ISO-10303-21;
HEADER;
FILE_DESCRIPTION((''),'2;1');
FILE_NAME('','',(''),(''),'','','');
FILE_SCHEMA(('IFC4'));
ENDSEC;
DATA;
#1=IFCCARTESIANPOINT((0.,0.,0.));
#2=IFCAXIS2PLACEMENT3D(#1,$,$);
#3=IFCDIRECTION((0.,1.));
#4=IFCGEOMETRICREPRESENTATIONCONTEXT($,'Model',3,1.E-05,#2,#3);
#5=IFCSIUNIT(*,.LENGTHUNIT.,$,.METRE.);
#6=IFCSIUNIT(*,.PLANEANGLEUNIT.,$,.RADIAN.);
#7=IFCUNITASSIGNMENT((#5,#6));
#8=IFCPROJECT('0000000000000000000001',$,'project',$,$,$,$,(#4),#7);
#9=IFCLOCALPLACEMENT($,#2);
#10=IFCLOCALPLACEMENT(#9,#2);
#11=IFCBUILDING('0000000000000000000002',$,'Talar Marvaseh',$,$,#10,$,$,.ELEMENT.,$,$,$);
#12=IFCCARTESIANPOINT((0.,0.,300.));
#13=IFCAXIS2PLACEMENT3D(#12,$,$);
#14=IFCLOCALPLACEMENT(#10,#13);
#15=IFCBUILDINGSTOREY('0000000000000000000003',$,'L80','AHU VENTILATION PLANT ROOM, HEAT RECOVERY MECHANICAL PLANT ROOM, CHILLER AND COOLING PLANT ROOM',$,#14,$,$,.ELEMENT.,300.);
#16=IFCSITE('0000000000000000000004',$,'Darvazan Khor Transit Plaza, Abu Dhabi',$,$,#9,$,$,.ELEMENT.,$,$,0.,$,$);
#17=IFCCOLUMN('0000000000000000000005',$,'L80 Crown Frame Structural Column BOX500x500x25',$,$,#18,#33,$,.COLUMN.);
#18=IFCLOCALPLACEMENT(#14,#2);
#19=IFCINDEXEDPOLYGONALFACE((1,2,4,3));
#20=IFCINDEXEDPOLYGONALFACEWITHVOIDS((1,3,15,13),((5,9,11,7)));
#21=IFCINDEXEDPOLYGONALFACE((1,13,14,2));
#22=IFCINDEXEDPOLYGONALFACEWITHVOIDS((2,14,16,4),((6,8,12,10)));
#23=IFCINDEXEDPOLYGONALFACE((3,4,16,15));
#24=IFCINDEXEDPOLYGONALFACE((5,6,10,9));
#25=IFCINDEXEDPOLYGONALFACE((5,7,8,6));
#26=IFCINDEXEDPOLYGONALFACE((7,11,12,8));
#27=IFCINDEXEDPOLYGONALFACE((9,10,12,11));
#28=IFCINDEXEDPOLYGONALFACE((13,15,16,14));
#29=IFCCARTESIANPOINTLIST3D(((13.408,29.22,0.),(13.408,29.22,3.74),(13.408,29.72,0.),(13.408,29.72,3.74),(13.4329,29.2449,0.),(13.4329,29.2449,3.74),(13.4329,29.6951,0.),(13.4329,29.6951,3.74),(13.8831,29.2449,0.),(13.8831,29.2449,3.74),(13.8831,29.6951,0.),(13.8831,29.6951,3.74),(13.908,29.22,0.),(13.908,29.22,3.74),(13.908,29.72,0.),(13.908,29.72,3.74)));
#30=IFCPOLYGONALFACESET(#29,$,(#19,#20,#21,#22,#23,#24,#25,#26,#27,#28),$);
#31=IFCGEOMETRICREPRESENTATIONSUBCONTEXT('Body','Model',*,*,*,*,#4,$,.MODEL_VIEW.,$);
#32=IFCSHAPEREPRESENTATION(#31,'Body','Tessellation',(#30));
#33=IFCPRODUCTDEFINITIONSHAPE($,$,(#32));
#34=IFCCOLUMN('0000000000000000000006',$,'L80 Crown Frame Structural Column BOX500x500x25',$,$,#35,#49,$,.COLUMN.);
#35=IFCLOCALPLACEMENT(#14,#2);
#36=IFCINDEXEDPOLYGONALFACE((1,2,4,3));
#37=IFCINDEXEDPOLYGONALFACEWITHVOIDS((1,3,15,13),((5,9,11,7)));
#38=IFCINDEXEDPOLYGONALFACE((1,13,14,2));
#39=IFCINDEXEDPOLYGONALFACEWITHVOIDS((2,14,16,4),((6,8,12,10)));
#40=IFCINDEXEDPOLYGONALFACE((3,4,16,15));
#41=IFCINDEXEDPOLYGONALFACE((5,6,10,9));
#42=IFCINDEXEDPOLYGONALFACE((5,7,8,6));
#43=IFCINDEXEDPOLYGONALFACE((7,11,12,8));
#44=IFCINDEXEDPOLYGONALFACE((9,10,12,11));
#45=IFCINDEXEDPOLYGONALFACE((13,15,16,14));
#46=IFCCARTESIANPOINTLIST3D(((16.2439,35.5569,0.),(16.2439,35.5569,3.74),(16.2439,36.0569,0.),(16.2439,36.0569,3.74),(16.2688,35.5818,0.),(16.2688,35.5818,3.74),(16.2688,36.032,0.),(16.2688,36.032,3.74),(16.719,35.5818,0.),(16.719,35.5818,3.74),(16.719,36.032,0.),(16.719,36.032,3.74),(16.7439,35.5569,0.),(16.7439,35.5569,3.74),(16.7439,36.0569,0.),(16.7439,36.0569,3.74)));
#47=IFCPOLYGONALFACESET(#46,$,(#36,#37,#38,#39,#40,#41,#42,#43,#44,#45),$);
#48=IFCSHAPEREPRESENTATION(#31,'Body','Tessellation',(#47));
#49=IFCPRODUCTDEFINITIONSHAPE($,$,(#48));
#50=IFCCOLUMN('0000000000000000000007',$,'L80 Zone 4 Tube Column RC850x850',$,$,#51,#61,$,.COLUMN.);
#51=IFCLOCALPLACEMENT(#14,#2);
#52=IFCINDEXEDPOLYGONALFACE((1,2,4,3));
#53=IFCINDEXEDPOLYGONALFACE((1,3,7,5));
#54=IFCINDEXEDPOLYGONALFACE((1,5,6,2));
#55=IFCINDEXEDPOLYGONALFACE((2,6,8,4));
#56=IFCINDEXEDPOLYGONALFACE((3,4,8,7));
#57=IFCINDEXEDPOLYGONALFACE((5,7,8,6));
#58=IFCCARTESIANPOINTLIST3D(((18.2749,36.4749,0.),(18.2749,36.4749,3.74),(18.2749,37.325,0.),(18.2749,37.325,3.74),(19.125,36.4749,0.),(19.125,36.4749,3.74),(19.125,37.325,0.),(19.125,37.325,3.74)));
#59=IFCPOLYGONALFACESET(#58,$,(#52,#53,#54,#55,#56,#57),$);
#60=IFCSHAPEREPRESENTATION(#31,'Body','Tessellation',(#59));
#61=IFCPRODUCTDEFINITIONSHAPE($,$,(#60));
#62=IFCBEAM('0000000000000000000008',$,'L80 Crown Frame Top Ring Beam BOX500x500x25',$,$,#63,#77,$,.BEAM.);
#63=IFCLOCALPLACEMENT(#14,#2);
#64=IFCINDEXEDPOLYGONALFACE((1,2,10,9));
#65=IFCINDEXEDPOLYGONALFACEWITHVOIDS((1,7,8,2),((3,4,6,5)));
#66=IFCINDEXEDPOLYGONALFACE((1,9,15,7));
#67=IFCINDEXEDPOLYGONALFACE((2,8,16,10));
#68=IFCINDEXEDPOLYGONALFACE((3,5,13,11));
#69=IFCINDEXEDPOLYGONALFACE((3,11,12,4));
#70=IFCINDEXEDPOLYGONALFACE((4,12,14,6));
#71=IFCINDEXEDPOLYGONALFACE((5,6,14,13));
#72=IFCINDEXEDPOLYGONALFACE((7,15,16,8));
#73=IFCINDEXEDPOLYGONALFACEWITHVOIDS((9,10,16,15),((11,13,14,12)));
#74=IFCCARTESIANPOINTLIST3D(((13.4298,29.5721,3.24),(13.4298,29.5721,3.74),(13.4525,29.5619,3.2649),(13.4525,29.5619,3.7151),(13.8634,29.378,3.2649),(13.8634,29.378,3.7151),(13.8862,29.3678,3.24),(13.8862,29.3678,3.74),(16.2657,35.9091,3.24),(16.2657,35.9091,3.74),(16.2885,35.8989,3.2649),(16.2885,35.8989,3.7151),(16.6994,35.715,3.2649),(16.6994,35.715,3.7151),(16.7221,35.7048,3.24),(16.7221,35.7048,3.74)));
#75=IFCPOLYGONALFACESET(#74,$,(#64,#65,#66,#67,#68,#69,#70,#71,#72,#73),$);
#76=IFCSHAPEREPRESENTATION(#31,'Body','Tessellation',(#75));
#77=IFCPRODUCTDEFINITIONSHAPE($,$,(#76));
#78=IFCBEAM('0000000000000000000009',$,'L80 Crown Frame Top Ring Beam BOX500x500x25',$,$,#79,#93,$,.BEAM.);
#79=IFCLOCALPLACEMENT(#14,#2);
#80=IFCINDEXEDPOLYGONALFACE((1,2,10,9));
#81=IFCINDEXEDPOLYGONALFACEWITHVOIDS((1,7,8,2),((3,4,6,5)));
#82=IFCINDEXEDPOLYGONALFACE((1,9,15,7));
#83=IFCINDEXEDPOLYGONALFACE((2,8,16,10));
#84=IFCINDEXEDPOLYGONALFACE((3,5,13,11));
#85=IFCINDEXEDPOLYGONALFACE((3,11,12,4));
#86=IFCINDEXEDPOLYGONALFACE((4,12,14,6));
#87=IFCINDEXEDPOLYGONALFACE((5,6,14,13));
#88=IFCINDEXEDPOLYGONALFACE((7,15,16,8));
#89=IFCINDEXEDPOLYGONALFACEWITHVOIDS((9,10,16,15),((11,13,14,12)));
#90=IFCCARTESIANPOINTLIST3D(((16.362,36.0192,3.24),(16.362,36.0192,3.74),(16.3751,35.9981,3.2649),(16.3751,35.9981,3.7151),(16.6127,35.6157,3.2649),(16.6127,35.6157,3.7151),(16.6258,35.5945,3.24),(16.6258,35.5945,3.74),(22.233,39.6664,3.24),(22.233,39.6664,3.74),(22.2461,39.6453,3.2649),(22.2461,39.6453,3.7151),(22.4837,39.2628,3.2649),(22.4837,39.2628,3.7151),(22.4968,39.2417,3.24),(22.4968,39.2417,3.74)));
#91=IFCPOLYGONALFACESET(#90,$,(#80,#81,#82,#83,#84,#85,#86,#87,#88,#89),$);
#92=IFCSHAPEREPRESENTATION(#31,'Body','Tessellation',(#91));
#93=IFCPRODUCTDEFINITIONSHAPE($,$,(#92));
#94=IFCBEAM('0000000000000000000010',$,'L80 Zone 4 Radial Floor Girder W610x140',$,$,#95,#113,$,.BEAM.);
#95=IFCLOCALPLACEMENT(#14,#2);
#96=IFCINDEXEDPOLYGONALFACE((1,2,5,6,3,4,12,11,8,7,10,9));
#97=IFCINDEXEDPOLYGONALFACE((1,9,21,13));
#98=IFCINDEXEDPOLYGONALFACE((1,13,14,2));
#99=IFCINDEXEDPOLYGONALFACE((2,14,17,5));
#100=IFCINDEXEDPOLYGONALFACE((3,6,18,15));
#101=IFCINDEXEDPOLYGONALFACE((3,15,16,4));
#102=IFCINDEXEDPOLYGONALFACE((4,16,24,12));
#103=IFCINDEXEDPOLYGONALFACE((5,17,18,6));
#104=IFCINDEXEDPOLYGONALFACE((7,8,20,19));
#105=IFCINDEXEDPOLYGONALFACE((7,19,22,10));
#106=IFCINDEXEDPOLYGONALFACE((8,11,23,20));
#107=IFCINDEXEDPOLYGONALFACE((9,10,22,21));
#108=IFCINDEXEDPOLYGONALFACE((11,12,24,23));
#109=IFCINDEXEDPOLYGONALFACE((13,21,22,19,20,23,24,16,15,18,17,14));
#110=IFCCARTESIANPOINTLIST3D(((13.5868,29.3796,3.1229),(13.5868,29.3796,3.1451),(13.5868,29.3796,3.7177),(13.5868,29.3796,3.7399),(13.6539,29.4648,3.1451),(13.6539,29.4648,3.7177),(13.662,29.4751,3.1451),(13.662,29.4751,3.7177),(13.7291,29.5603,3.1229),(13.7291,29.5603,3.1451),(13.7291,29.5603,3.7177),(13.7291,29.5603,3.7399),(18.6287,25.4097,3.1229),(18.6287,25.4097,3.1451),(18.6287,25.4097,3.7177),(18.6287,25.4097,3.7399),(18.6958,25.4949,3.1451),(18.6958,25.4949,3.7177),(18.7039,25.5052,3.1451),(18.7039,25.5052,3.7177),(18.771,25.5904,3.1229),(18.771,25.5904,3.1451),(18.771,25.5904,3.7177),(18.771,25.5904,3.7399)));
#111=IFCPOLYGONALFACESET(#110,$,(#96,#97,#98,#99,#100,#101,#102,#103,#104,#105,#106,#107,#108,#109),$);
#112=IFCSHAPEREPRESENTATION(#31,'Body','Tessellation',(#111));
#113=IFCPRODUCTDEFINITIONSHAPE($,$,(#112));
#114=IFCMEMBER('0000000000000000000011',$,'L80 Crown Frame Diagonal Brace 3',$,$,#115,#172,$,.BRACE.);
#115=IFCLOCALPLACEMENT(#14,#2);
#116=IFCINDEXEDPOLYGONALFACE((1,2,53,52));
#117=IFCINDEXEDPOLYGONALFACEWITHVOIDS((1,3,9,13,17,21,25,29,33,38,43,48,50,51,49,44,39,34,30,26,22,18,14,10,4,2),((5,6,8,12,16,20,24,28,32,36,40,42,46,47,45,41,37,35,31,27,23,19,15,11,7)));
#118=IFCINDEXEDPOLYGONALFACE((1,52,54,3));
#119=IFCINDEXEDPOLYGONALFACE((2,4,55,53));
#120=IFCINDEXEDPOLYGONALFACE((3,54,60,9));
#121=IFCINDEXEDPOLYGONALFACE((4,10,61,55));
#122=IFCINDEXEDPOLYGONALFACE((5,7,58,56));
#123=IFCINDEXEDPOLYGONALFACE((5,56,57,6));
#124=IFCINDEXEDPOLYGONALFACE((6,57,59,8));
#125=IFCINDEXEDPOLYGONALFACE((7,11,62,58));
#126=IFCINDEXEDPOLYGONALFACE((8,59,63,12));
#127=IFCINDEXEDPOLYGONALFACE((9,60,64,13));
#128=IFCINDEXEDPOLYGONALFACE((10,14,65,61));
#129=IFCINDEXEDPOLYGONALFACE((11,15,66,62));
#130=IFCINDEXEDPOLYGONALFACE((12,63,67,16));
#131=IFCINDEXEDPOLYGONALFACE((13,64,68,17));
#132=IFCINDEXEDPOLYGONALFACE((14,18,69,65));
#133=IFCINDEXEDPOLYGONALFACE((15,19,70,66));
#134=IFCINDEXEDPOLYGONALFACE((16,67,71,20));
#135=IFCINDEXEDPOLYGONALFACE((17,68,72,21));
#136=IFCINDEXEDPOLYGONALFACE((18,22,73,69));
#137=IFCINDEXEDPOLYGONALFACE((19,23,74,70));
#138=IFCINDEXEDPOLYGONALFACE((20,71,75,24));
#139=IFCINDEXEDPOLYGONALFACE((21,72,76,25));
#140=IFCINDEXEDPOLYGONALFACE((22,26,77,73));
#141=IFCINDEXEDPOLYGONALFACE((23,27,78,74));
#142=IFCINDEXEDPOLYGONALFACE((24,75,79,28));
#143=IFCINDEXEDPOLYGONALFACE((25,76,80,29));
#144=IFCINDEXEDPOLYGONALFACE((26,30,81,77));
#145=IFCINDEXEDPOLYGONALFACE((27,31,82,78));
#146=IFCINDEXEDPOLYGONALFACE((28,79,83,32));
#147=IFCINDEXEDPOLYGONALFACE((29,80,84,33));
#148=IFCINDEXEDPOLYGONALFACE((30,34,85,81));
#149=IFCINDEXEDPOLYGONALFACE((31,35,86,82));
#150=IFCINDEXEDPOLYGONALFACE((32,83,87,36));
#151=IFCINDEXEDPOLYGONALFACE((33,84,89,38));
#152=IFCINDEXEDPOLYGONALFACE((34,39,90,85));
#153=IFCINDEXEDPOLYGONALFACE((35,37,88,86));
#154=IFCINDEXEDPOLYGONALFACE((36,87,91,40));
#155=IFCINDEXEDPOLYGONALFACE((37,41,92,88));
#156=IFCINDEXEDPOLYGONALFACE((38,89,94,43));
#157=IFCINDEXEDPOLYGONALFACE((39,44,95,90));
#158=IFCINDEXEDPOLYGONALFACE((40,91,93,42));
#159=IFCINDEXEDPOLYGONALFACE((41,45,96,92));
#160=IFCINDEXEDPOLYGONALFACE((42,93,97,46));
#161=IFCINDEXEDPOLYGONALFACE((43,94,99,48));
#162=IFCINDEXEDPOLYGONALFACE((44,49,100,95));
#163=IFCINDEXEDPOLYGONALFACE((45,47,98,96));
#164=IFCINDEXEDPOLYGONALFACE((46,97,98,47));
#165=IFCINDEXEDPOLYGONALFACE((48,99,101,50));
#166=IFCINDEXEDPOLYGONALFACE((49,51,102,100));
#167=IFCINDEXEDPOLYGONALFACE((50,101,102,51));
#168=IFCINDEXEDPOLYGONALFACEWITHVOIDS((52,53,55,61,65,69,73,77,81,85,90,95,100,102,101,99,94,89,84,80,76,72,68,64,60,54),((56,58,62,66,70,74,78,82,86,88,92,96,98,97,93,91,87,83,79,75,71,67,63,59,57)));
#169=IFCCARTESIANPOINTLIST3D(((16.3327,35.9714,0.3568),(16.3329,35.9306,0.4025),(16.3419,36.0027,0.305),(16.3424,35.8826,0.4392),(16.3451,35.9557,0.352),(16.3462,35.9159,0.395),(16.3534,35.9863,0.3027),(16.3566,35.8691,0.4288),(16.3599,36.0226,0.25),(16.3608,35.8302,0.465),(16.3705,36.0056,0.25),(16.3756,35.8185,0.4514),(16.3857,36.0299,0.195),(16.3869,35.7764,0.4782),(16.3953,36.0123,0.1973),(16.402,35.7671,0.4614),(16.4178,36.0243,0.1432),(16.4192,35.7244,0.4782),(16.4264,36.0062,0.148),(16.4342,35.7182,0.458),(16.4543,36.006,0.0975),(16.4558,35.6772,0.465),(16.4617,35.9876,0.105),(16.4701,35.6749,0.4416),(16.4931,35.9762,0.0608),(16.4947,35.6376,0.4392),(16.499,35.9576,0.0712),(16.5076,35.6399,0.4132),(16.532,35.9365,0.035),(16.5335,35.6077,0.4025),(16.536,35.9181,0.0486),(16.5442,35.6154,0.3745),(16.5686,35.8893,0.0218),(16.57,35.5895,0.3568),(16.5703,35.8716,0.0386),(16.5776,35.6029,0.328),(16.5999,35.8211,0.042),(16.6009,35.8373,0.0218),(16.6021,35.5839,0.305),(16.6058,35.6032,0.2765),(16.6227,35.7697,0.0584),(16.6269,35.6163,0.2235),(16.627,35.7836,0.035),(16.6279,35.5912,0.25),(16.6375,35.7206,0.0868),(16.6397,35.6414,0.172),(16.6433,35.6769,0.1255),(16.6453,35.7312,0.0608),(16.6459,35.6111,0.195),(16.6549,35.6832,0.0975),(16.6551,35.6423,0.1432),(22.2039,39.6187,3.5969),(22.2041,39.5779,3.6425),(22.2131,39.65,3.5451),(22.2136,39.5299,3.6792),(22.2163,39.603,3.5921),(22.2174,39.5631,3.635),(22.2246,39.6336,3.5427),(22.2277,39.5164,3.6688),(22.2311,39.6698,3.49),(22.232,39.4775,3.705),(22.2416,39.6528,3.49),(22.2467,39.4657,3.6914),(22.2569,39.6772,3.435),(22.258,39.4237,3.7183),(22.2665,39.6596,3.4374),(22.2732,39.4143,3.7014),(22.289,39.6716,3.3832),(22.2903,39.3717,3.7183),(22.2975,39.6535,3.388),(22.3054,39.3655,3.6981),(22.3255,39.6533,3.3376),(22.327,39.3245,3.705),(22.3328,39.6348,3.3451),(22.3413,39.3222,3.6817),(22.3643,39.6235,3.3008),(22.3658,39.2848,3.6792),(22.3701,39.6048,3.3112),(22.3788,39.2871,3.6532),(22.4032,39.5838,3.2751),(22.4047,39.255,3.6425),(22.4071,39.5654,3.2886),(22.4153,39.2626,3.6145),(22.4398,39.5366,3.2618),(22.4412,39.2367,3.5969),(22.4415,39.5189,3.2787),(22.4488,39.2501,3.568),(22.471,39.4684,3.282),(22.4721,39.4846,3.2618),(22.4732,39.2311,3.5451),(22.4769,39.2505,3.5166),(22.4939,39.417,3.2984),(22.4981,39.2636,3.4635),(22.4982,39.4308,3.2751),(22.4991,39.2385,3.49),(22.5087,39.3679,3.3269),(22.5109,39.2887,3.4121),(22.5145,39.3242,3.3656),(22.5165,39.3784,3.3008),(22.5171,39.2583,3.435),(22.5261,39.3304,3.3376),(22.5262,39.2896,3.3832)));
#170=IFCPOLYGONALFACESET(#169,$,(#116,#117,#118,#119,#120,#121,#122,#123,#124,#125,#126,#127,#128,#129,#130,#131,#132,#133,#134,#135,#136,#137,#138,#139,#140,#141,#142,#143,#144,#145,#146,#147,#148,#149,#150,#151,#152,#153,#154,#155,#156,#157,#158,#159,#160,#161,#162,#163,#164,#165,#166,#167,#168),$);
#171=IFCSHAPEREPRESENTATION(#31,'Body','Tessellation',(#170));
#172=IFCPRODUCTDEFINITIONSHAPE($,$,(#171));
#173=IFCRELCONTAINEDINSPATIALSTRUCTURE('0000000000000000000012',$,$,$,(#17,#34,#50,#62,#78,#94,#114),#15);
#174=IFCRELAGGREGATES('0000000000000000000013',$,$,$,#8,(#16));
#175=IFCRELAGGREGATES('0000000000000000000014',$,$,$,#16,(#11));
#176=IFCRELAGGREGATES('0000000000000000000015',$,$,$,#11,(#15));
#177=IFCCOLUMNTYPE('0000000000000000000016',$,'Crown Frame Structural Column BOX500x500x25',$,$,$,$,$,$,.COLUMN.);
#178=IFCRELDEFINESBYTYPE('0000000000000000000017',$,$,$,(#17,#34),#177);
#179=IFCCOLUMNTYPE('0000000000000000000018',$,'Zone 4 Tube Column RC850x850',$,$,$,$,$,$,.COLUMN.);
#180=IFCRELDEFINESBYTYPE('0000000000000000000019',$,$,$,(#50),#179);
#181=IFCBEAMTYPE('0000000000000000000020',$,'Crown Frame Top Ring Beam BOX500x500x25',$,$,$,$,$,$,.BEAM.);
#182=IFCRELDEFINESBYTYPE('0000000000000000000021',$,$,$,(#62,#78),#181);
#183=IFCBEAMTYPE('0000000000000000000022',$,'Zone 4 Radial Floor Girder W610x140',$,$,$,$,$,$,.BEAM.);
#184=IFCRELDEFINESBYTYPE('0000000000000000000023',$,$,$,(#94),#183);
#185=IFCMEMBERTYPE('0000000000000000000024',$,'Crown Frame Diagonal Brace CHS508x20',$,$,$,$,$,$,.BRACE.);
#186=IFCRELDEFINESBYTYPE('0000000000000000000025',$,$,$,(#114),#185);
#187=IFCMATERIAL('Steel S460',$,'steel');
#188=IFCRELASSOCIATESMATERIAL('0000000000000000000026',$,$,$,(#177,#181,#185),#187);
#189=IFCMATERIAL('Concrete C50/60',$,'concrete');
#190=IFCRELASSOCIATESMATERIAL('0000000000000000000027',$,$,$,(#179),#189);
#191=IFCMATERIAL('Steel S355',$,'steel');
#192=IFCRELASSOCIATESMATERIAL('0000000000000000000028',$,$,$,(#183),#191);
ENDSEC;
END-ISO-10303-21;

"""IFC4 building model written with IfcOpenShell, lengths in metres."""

from ifc_helpers import new_model, si_unit, direction, frame, origin, origin_2d, place, context, subcontext, project, spatial, rectangle, hollow_rectangle, hollow_circle, i_section, extrude, source, transform, mapped, material, material_profile, profile_set, type_object, type_shapes, element, save


model = new_model("IFC4")

# Units and contexts
model_context = context("Model", 3, precision=1e-05, world=origin(), true_north=direction((0.0, 1.0)))
body_context = subcontext(model_context, "Body", "Model", "MODEL_VIEW")
ifc_project = project(units=[si_unit("LENGTHUNIT", "METRE"), si_unit("PLANEANGLEUNIT", "RADIAN")], contexts=[model_context])

# Site, building, storey
site_placement = place(None, origin())
site = spatial("IfcSite", under=ifc_project, at=site_placement, Name="Darvazan Khor Transit Plaza, Abu Dhabi", CompositionType="ELEMENT", RefElevation=0.0)
building_placement = place(site_placement, origin())
building = spatial("IfcBuilding", under=site, at=building_placement, Name="Talar Marvaseh", CompositionType="ELEMENT")
storey_placement = place(building_placement, frame((0.0, 0.0, 300.0)))
storey = spatial("IfcBuildingStorey", under=building, at=storey_placement, Name="L80", Description="AHU VENTILATION PLANT ROOM, HEAT RECOVERY MECHANICAL PLANT ROOM, CHILLER AND COOLING PLANT ROOM", CompositionType="ELEMENT", Elevation=300.0)

# Columns
ifc_material_1 = material(Name="Steel S460", Category="steel")
ifc_material_profile_1 = material_profile(ifc_material_1, hollow_rectangle(XDim=0.5, YDim=0.5, WallThickness=0.0249, at=origin_2d()), Name="BOX500x500x25")
ifc_profile_set_1 = profile_set([ifc_material_profile_1], Name="Steel S460")
column_type_1 = type_object("IfcColumnType", Name="Crown Frame Structural Column BOX500x500x25", PredefinedType="COLUMN", material=ifc_profile_set_1)
for number, where, z_axis, x_axis, name in (
    (1, (13.658, 29.47, 0.0), (0.0, 0.0, 1.0), (1.0, 0.0, 0.0), "L80 Crown Frame Structural Column BOX500x500x25"),
    (2, (16.4939, 35.8069, 0.0), (0.0, 0.0, 1.0), (1.0, 0.0, 0.0), "L80 Crown Frame Structural Column BOX500x500x25"),
):
    element("IfcColumn", number, at=place(storey_placement, frame(where, z_axis=z_axis, x_axis=x_axis)), inside=storey, type_object=column_type_1, Name=name, PredefinedType="COLUMN", context=body_context, shape_type="SweptSolid", body=[
        extrude(hollow_rectangle(XDim=0.5, YDim=0.5, WallThickness=0.0249, at=origin_2d()), origin(), (0.0, 0.0, 1.0), 3.74),
    ])
ifc_material_2 = material(Name="Concrete C50/60", Category="concrete")
ifc_material_profile_2 = material_profile(ifc_material_2, rectangle(XDim=0.8501, YDim=0.8501, at=origin_2d()), Name="RC850x850")
ifc_profile_set_2 = profile_set([ifc_material_profile_2], Name="Concrete C50/60")
column_type_2 = type_object("IfcColumnType", Name="Zone 4 Tube Column RC850x850", PredefinedType="COLUMN", material=ifc_profile_set_2)
column_placement = place(storey_placement, frame((18.7, 36.8999, 0.0), z_axis=(0.0, 0.0, 1.0), x_axis=(1.0, 0.0, 0.0)))
element("IfcColumn", 3, at=column_placement, inside=storey, type_object=column_type_2, Name="L80 Zone 4 Tube Column RC850x850", PredefinedType="COLUMN", context=body_context, shape_type="SweptSolid", body=[
    extrude(rectangle(XDim=0.8501, YDim=0.8501, at=origin_2d()), origin(), (0.0, 0.0, 1.0), 3.74),
])

# Beams
ifc_material_profile_3 = material_profile(ifc_material_1, hollow_rectangle(XDim=0.5, YDim=0.5, WallThickness=0.0249, at=origin_2d()), Name="BOX500x500x25")
ifc_profile_set_3 = profile_set([ifc_material_profile_3], Name="Steel S460")
beam_type_1 = type_object("IfcBeamType", Name="Crown Frame Top Ring Beam BOX500x500x25", PredefinedType="BEAM", material=ifc_profile_set_3)
beam_1_placement = place(storey_placement, frame((13.658, 29.47, 3.49), z_axis=(0.408486, 0.912764, 0.0), x_axis=(-0.912764, 0.408486, 0.0)))
element("IfcBeam", 4, at=beam_1_placement, inside=storey, type_object=beam_type_1, Name="L80 Crown Frame Top Ring Beam BOX500x500x25", PredefinedType="BEAM", context=body_context, shape_type="SweptSolid", body=[
    extrude(hollow_rectangle(XDim=0.5, YDim=0.5, WallThickness=0.0249, at=origin_2d()), origin(), (0.0, 0.0, 1.0), 6.9426),
])
beam_2_placement = place(storey_placement, frame((16.4939, 35.8069, 3.49), z_axis=(0.84944, 0.527686, 0.0), x_axis=(-0.527686, 0.84944, 0.0)))
element("IfcBeam", 5, at=beam_2_placement, inside=storey, type_object=beam_type_1, Name="L80 Crown Frame Top Ring Beam BOX500x500x25", PredefinedType="BEAM", context=body_context, shape_type="SweptSolid", body=[
    extrude(hollow_rectangle(XDim=0.5, YDim=0.5, WallThickness=0.0249, at=origin_2d()), origin(), (0.0, 0.0, 1.0), 6.9116),
])
ifc_material_3 = material(Name="Steel S355", Category="steel")
ifc_material_profile_4 = material_profile(ifc_material_3, i_section(OverallWidth=0.23, OverallDepth=0.6169, WebThickness=0.0132, FlangeThickness=0.0222, at=origin_2d()), Name="W610x140")
ifc_profile_set_4 = profile_set([ifc_material_profile_4], Name="Steel S355")
beam_type_2 = type_object("IfcBeamType", Name="Zone 4 Radial Floor Girder W610x140", PredefinedType="BEAM", material=ifc_profile_set_4)
beam_3_placement = place(storey_placement, frame((13.658, 29.47, 3.4314), z_axis=(0.785682, -0.618631, 0.0), x_axis=(0.618631, 0.785682, 0.0)))
element("IfcBeam", 6, at=beam_3_placement, inside=storey, type_object=beam_type_2, Name="L80 Zone 4 Radial Floor Girder W610x140", PredefinedType="BEAM", context=body_context, shape_type="SweptSolid", body=[
    extrude(i_section(OverallWidth=0.23, OverallDepth=0.6169, WebThickness=0.0132, FlangeThickness=0.0222, at=origin_2d()), origin(), (0.0, 0.0, 1.0), 6.4172),
])

# Member
ifc_material_profile_5 = material_profile(ifc_material_1, hollow_circle(Radius=0.2539, WallThickness=0.02, at=origin_2d()), Name="CHS508x20")
ifc_profile_set_5 = profile_set([ifc_material_profile_5], Name="Steel S460")
member_type_1 = type_object("IfcMemberType", Name="Crown Frame Diagonal Brace CHS508x20", PredefinedType="BRACE", material=ifc_profile_set_5)
shared_shape_1 = source(origin(), body_context, "Body", "SweptSolid", [
    extrude(hollow_circle(Radius=0.2539, WallThickness=0.02, at=origin_2d()), origin(), (0.0, 0.0, 1.0), 7.6335),
])
type_shapes(member_type_1, [shared_shape_1])
member_1_placement = place(storey_placement, frame((16.4939, 35.8069, 0.25), z_axis=(0.769128, 0.477794, 0.424447), x_axis=(-0.527686, 0.84944, 0.0)))
element("IfcMember", 7, at=member_1_placement, inside=storey, type_object=member_type_1, Name="L80 Crown Frame Diagonal Brace 3", PredefinedType="BRACE", context=body_context, shape_type="MappedRepresentation", body=[
    mapped(shared_shape_1, transform((0.0, 0.0, 0.0), x_axis=(1.0, 0.0, 0.0), y_axis=(0.0, 1.0, 0.0), z_axis=(0.0, 0.0, 1.0), scale=1.0)),
])

save(model, "model.ifc")
